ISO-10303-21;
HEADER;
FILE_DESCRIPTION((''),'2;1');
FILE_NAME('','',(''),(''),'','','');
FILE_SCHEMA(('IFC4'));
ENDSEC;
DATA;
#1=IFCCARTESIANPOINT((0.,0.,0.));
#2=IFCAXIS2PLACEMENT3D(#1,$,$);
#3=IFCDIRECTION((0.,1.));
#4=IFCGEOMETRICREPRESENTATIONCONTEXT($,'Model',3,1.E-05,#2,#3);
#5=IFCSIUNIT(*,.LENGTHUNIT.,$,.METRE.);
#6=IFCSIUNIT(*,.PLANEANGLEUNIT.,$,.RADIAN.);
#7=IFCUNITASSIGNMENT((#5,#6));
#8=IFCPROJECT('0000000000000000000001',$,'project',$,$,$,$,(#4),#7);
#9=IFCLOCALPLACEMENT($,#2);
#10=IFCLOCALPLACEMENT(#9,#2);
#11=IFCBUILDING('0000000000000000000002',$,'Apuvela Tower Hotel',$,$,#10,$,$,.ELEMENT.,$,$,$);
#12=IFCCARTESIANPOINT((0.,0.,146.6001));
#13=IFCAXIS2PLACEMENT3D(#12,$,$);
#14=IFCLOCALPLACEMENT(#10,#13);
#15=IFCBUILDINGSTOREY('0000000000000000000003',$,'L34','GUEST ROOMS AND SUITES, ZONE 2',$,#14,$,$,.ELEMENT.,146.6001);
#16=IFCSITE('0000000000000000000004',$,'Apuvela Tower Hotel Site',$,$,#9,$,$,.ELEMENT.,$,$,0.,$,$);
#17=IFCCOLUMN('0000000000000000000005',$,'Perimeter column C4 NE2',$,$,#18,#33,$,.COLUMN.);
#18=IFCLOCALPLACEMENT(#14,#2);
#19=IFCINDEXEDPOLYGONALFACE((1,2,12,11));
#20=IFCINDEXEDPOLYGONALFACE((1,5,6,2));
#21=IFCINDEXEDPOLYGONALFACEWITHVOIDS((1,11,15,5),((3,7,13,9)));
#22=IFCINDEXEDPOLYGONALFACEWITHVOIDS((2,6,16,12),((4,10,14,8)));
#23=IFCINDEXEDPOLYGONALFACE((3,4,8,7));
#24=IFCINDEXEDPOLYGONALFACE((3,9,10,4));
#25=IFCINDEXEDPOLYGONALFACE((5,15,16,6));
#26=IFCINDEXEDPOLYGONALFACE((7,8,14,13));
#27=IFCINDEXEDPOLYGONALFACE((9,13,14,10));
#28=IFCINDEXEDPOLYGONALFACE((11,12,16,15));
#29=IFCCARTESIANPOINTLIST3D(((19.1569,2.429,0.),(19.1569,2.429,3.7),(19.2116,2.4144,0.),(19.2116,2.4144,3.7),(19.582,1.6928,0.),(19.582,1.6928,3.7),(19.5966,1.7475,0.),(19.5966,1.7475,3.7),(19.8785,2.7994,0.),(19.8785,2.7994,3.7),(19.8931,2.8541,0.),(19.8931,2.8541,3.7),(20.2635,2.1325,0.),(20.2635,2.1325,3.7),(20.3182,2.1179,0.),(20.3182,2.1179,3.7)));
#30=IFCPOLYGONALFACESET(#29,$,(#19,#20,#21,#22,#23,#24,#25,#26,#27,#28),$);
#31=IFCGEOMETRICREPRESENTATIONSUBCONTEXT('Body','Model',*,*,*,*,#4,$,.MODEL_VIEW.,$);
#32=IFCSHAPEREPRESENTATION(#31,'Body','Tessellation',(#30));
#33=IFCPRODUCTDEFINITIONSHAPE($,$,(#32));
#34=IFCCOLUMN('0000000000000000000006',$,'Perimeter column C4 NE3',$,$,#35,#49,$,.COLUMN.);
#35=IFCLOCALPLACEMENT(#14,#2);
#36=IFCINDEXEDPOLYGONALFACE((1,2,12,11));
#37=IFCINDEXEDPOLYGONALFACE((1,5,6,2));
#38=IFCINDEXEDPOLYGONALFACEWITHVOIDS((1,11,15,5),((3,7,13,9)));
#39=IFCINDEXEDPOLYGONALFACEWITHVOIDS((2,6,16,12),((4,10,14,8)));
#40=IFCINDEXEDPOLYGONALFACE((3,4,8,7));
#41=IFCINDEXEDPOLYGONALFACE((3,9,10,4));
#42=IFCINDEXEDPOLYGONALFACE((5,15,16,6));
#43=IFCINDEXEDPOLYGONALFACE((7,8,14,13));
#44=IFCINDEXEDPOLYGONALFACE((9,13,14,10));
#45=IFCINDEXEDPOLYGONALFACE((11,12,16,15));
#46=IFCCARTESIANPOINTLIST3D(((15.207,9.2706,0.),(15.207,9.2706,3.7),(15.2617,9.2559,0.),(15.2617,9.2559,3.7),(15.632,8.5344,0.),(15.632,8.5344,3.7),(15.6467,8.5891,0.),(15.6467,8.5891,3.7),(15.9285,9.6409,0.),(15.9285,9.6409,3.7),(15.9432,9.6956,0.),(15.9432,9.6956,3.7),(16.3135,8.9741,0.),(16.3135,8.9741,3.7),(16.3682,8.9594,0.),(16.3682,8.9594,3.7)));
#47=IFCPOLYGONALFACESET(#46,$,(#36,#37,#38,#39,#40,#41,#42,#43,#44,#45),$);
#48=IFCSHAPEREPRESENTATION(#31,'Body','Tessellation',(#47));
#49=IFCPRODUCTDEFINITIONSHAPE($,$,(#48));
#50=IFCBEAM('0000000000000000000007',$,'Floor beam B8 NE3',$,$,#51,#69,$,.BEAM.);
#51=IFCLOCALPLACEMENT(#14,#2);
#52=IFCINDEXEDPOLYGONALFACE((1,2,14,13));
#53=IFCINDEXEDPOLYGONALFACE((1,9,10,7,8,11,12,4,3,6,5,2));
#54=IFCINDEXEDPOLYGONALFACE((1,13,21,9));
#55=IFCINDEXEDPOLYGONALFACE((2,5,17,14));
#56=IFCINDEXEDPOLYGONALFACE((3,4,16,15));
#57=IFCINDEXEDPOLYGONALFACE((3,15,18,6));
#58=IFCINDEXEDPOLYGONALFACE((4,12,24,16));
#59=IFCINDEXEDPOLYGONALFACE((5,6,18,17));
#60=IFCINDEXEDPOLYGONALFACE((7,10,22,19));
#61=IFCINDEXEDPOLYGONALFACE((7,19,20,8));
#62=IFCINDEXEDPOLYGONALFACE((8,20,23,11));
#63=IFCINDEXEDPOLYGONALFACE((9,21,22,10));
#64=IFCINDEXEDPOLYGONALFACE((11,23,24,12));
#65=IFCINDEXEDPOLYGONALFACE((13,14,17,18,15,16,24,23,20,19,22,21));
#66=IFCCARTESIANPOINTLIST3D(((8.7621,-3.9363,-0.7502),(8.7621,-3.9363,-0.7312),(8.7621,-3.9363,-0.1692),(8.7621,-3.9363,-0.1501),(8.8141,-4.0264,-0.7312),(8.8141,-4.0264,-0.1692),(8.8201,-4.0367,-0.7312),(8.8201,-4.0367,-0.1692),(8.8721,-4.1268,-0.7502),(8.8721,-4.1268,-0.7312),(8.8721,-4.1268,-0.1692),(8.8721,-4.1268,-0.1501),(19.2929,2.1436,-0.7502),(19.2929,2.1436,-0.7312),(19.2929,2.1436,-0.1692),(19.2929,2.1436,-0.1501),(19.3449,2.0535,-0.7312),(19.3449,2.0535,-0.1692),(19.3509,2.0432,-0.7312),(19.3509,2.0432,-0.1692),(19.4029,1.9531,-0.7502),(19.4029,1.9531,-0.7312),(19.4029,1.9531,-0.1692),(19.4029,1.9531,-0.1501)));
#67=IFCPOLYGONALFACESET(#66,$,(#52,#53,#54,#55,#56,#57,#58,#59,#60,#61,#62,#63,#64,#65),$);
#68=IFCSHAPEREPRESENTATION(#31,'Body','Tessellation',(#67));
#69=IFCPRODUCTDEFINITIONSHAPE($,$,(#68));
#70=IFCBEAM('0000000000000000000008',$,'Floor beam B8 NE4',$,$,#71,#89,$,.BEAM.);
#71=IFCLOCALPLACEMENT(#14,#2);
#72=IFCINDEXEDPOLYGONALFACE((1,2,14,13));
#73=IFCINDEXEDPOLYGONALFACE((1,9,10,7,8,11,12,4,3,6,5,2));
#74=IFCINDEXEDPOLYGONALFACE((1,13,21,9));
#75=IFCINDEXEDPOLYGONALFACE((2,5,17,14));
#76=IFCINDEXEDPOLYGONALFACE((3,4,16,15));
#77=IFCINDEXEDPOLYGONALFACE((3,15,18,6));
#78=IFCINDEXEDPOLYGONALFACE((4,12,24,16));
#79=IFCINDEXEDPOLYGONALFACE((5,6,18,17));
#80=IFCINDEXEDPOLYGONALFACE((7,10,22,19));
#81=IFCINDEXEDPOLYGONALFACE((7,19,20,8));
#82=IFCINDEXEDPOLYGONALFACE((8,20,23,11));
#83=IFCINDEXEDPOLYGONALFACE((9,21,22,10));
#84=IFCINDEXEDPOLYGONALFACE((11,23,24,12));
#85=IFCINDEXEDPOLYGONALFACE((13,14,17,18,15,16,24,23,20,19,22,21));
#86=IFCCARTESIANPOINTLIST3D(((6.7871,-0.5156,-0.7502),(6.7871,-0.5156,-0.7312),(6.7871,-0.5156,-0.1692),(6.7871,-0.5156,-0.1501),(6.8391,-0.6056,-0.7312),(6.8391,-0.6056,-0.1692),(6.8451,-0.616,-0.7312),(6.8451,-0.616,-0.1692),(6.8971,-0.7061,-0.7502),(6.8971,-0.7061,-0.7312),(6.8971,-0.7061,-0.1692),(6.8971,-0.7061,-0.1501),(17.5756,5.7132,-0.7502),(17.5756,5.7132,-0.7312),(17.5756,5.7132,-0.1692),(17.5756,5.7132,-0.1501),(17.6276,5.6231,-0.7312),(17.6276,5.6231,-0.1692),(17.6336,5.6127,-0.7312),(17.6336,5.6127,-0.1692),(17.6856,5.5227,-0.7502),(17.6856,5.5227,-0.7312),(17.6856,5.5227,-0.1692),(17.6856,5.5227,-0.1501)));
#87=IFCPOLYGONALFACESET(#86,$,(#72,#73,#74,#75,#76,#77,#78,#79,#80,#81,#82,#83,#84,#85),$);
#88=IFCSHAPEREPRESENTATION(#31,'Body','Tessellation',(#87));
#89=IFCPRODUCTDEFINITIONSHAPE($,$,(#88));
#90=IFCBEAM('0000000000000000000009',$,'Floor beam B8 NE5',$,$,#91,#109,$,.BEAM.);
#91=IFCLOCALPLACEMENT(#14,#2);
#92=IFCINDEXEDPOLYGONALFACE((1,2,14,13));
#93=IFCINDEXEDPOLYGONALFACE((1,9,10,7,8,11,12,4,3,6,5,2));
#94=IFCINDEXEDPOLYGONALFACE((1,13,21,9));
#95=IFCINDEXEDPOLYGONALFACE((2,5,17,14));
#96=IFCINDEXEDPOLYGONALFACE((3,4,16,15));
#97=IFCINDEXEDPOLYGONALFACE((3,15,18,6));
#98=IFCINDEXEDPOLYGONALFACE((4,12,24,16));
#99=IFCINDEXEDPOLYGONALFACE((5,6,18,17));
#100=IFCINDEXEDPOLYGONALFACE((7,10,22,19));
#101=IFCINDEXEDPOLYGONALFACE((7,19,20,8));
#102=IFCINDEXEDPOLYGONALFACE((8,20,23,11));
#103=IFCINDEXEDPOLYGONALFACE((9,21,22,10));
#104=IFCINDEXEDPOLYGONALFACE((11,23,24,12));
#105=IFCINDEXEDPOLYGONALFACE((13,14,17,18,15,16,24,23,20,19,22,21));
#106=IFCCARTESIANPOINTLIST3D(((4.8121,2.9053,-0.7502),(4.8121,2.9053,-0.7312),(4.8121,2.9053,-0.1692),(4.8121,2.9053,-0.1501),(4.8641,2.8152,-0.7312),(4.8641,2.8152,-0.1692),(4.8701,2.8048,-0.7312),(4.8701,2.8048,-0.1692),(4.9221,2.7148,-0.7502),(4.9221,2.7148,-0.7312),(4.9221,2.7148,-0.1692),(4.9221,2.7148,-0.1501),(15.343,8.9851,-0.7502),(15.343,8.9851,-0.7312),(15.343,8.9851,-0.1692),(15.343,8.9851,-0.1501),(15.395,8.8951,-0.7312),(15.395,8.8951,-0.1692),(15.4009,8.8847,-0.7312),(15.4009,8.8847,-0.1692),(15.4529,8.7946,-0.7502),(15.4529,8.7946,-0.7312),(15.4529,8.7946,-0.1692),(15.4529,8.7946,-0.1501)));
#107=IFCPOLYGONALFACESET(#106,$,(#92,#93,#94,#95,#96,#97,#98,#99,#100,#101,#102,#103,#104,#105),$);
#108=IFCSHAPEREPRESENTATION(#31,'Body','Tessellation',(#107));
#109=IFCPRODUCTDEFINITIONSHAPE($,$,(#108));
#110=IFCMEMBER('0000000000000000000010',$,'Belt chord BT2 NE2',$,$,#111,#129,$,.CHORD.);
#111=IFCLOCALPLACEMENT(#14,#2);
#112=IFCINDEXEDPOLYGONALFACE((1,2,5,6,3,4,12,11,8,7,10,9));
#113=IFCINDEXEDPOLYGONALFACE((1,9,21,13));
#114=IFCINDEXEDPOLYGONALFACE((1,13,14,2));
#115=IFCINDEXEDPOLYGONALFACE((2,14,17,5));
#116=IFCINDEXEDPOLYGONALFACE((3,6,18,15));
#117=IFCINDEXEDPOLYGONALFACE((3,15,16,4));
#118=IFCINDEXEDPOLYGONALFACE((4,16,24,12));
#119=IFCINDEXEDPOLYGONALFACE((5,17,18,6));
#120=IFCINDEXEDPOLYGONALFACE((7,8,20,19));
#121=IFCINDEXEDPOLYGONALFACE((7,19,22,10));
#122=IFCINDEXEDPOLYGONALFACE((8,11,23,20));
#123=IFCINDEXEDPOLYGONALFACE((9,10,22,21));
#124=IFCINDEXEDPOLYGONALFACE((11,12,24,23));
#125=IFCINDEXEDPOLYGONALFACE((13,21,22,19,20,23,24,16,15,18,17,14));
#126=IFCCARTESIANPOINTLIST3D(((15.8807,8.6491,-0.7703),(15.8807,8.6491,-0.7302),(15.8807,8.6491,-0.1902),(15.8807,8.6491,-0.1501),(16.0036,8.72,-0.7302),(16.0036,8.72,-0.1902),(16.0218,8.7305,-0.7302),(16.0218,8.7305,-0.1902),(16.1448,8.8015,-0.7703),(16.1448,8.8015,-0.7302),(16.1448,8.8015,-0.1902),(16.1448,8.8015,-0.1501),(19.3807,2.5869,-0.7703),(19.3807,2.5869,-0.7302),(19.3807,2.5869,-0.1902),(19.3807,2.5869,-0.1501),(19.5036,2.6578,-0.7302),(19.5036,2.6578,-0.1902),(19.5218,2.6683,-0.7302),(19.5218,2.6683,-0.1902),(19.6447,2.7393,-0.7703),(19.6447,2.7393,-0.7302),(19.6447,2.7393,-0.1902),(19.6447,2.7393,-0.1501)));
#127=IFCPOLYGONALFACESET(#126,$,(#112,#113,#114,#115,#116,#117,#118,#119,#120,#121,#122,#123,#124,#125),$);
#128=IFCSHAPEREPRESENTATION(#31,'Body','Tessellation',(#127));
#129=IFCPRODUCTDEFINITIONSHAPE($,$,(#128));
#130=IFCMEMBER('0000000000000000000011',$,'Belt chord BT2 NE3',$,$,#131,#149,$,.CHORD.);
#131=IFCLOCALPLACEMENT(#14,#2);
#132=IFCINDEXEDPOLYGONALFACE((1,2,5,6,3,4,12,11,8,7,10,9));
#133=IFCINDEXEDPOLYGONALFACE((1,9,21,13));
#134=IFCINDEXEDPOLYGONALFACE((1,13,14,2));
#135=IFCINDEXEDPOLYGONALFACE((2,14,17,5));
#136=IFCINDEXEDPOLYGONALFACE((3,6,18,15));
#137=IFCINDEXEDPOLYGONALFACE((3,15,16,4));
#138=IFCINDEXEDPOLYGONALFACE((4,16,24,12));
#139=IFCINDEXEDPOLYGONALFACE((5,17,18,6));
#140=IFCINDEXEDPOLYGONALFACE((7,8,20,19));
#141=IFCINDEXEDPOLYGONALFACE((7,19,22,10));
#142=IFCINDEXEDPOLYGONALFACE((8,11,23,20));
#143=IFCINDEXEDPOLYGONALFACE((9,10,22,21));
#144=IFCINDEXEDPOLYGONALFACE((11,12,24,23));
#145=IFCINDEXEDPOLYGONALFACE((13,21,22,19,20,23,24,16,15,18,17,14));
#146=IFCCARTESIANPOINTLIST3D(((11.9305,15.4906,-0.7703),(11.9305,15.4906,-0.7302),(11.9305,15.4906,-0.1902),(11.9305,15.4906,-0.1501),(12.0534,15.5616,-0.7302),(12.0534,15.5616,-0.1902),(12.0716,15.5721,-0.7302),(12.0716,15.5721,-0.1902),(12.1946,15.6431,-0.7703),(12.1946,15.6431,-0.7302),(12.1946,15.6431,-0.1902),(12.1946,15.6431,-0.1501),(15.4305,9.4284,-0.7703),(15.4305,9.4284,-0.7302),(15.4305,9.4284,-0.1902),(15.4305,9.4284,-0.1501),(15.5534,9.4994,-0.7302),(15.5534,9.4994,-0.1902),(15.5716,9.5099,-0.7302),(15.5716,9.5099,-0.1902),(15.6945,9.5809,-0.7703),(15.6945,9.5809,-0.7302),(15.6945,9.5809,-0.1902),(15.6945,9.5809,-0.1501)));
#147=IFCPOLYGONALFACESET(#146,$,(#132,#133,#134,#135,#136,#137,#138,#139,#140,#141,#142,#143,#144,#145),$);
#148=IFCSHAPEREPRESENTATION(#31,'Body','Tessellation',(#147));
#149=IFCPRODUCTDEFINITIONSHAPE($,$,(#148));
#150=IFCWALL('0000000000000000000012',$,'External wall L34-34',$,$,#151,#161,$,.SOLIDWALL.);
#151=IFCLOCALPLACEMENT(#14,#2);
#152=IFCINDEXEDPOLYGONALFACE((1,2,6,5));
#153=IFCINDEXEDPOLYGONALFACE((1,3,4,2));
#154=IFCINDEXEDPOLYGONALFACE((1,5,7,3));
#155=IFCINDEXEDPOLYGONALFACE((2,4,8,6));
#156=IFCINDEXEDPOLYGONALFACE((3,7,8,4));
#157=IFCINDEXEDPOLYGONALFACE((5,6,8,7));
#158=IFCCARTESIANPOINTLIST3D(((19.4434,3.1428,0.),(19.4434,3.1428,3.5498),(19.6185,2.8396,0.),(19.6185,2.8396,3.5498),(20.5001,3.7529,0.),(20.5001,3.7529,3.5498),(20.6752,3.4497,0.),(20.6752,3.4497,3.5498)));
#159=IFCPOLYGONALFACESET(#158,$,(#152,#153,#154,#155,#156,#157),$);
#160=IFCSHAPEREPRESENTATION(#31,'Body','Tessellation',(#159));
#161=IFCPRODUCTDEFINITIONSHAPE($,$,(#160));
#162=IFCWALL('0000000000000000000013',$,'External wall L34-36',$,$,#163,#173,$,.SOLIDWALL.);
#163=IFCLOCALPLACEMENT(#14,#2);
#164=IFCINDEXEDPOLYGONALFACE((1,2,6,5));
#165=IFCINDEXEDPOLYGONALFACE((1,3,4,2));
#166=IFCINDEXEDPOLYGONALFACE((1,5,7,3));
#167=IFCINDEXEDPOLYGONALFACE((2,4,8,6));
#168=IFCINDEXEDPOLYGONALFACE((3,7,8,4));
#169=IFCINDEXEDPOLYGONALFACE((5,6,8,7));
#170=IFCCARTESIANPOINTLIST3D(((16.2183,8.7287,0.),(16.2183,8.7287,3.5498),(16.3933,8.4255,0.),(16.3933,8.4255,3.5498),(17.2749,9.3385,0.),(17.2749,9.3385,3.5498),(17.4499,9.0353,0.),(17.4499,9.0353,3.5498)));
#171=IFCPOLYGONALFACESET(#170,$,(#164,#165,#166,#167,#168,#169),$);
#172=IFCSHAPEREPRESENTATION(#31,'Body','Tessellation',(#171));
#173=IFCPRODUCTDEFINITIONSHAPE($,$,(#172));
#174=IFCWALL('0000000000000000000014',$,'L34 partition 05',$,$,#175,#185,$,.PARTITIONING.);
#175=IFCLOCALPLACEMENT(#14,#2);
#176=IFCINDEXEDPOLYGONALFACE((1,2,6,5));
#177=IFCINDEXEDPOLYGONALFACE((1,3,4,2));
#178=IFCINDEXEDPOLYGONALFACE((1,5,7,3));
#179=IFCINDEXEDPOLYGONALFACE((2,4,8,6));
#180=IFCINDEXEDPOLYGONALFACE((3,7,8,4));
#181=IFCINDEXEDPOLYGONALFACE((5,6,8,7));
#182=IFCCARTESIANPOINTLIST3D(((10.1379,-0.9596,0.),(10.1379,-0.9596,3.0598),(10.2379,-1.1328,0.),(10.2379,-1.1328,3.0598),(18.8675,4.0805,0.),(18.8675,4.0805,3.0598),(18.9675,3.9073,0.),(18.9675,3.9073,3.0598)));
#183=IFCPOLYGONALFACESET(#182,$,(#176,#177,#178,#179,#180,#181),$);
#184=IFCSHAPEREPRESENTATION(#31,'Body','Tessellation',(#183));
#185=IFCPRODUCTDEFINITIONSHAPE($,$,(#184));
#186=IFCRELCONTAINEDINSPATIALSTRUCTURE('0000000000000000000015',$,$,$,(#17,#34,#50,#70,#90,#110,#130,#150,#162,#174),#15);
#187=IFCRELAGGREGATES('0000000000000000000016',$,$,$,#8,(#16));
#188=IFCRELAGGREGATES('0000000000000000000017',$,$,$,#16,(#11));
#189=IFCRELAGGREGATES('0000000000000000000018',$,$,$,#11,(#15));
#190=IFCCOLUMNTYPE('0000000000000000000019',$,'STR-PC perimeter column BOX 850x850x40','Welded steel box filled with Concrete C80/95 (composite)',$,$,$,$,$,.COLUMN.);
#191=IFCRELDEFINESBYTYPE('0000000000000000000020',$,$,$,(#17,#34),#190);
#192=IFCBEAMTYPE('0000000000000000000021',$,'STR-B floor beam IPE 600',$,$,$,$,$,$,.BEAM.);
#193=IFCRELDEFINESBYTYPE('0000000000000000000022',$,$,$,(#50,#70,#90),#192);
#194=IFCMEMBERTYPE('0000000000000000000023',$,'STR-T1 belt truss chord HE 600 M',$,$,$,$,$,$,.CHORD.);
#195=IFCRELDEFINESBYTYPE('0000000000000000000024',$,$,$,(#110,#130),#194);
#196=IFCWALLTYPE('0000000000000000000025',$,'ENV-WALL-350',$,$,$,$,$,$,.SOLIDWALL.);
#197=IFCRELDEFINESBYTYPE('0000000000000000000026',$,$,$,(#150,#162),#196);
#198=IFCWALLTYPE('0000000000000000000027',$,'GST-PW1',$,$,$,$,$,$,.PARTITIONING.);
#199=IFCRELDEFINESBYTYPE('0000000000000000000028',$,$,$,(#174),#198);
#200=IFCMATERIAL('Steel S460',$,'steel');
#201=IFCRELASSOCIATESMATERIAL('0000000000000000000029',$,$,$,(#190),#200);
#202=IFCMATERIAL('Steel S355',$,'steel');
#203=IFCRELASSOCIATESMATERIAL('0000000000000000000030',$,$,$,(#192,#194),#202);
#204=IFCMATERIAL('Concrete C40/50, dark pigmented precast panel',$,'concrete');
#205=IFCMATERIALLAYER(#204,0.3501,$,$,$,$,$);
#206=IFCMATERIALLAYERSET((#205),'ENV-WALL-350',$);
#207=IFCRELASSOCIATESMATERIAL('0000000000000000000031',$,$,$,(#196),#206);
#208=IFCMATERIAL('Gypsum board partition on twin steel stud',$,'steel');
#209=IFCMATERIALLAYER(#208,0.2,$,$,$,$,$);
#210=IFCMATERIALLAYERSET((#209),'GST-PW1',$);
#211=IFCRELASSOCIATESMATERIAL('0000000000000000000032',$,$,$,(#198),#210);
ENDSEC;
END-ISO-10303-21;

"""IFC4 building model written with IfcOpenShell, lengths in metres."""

from ifc_helpers import new_model, si_unit, direction, frame, frame_2d, origin, origin_2d, place, context, subcontext, project, spatial, rectangle, hollow_rectangle, i_section, extrude, material, layer, layer_set, material_profile, profile_set, type_object, element, save


model = new_model("IFC4")

# Units and contexts
model_context = context("Model", 3, precision=1e-05, world=origin(), true_north=direction((0.0, 1.0)))
body_context = subcontext(model_context, "Body", "Model", "MODEL_VIEW")
ifc_project = project(units=[si_unit("LENGTHUNIT", "METRE"), si_unit("PLANEANGLEUNIT", "RADIAN")], contexts=[model_context])

# Site, building, storey
site_placement = place(None, origin())
site = spatial("IfcSite", under=ifc_project, at=site_placement, Name="Apuvela Tower Hotel Site", CompositionType="ELEMENT", RefElevation=0.0)
building_placement = place(site_placement, origin())
building = spatial("IfcBuilding", under=site, at=building_placement, Name="Apuvela Tower Hotel", CompositionType="ELEMENT")
storey_placement = place(building_placement, frame((0.0, 0.0, 146.6001)))
storey = spatial("IfcBuildingStorey", under=building, at=storey_placement, Name="L34", Description="GUEST ROOMS AND SUITES, ZONE 2", CompositionType="ELEMENT", Elevation=146.6001)

# Columns
ifc_material_1 = material(Name="Steel S460", Category="steel")
ifc_material_profile_1 = material_profile(ifc_material_1, hollow_rectangle(XDim=0.8501, YDim=0.8501, WallThickness=0.04, at=origin_2d()), Name="BOX 850x850x40")
ifc_material_2 = material(Name="Concrete C80/95", Category="concrete")
ifc_material_profile_2 = material_profile(ifc_material_2, rectangle(XDim=0.77, YDim=0.77, at=origin_2d()), Name="Concrete C80/95 infill")
ifc_profile_set_1 = profile_set([ifc_material_profile_1, ifc_material_profile_2], Name="Steel S460")
column_type = type_object("IfcColumnType", Name="STR-PC perimeter column BOX 850x850x40", Description="Welded steel box filled with Concrete C80/95 (composite)", PredefinedType="COLUMN", material=ifc_profile_set_1)
for number, where, z_axis, x_axis, name in (
    (1, (19.7375, 2.2734, 0.0), (0.0, 0.0, 1.0), (-0.5, 0.866025, 0.0), "Perimeter column C4 NE2"),
    (2, (15.7876, 9.115, 0.0), (0.0, 0.0, 1.0), (-0.5, 0.866025, 0.0), "Perimeter column C4 NE3"),
):
    element("IfcColumn", number, at=place(storey_placement, frame(where, z_axis=z_axis, x_axis=x_axis)), inside=storey, type_object=column_type, Name=name, PredefinedType="COLUMN", context=body_context, shape_type="SweptSolid", body=[
        extrude(hollow_rectangle(XDim=0.8501, YDim=0.8501, WallThickness=0.04, at=origin_2d()), origin(), (0.0, 0.0, 1.0), 3.7),
    ])

# Beams
ifc_material_3 = material(Name="Steel S355", Category="steel")
ifc_material_profile_3 = material_profile(ifc_material_3, i_section(OverallWidth=0.22, OverallDepth=0.6001, WebThickness=0.012, FlangeThickness=0.019, at=origin_2d()), Name="IPE 600")
ifc_profile_set_2 = profile_set([ifc_material_profile_3], Name="Steel S355")
beam_type = type_object("IfcBeamType", Name="STR-B floor beam IPE 600", PredefinedType="BEAM", material=ifc_profile_set_2)
beam_1_placement = place(storey_placement, frame((19.3479, 2.0483, -0.4502), z_axis=(-0.866029, -0.499994, 0.0), x_axis=(0.499994, -0.866029, 0.0)))
element("IfcBeam", 3, at=beam_1_placement, inside=storey, type_object=beam_type, Name="Floor beam B8 NE3", PredefinedType="BEAM", context=body_context, shape_type="SweptSolid", body=[
    extrude(i_section(OverallWidth=0.22, OverallDepth=0.6001, WebThickness=0.012, FlangeThickness=0.019, at=origin_2d()), origin(), (0.0, 0.0, 1.0), 12.1599),
])
beam_2_placement = place(storey_placement, frame((17.6306, 5.6179, -0.4502), z_axis=(-0.866026, -0.499998, 0.0), x_axis=(0.499998, -0.866026, 0.0)))
element("IfcBeam", 4, at=beam_2_placement, inside=storey, type_object=beam_type, Name="Floor beam B8 NE4", PredefinedType="BEAM", context=body_context, shape_type="SweptSolid", body=[
    extrude(i_section(OverallWidth=0.22, OverallDepth=0.6001, WebThickness=0.012, FlangeThickness=0.019, at=origin_2d()), origin(), (0.0, 0.0, 1.0), 12.4575),
])
beam_3_placement = place(storey_placement, frame((15.3979, 8.8899, -0.4502), z_axis=(-0.866029, -0.499994, 0.0), x_axis=(0.499994, -0.866029, 0.0)))
element("IfcBeam", 5, at=beam_3_placement, inside=storey, type_object=beam_type, Name="Floor beam B8 NE5", PredefinedType="BEAM", context=body_context, shape_type="SweptSolid", body=[
    extrude(i_section(OverallWidth=0.22, OverallDepth=0.6001, WebThickness=0.012, FlangeThickness=0.019, at=origin_2d()), origin(), (0.0, 0.0, 1.0), 12.1599),
])

# Members
ifc_material_profile_4 = material_profile(ifc_material_3, i_section(OverallWidth=0.3049, OverallDepth=0.6201, WebThickness=0.021, FlangeThickness=0.04, at=origin_2d()), Name="HE 600 M")
ifc_profile_set_3 = profile_set([ifc_material_profile_4], Name="Steel S355")
member_type = type_object("IfcMemberType", Name="STR-T1 belt truss chord HE 600 M", PredefinedType="CHORD", material=ifc_profile_set_3)
for number, where, z_axis, x_axis, name in (
    (6, (19.5127, 2.6631, -0.4602), (-0.499995, 0.866028, 0.0), (-0.866028, -0.499995, 0.0), "Belt chord BT2 NE2"),
    (7, (15.5625, 9.5046, -0.4602), (-0.499995, 0.866028, 0.0), (-0.866028, -0.499995, 0.0), "Belt chord BT2 NE3"),
):
    element("IfcMember", number, at=place(storey_placement, frame(where, z_axis=z_axis, x_axis=x_axis)), inside=storey, type_object=member_type, Name=name, PredefinedType="CHORD", context=body_context, shape_type="SweptSolid", body=[
        extrude(i_section(OverallWidth=0.3049, OverallDepth=0.6201, WebThickness=0.021, FlangeThickness=0.04, at=origin_2d()), origin(), (0.0, 0.0, 1.0), 7.0),
    ])

# Wall
ifc_material_4 = material(Name="Concrete C40/50, dark pigmented precast panel", Category="concrete")
ifc_layer_1 = layer(ifc_material_4, 0.3501)
ifc_layer_set_1 = layer_set([ifc_layer_1], Name="ENV-WALL-350")
wall_type_1 = type_object("IfcWallType", Name="ENV-WALL-350", PredefinedType="SOLIDWALL", material=ifc_layer_set_1)
wall_1_placement = place(storey_placement, frame((20.5876, 3.6013, 0.0), z_axis=(0.0, 0.0, 1.0), x_axis=(-0.866006, -0.500034, 0.0)))
element("IfcWall", 8, at=wall_1_placement, inside=storey, type_object=wall_type_1, Name="External wall L34-34", PredefinedType="SOLIDWALL", context=body_context, shape_type="SweptSolid", body=[
    extrude(rectangle(XDim=1.2202, YDim=0.3501, at=frame_2d((0.6101, 0.0))), origin(), (0.0, 0.0, 1.0), 3.5498),
])

# Wall
wall_2_placement = place(storey_placement, frame((16.3059, 8.5771, 0.0), z_axis=(0.0, 0.0, 1.0), x_axis=(0.866092, 0.499884, 0.0)))
element("IfcWall", 9, at=wall_2_placement, inside=storey, type_object=wall_type_1, Name="External wall L34-36", PredefinedType="SOLIDWALL", context=body_context, shape_type="SweptSolid", body=[
    extrude(rectangle(XDim=1.22, YDim=0.3501, at=frame_2d((0.6099, 0.0))), origin(), (0.0, 0.0, 1.0), 3.5498),
])

# Wall
ifc_material_5 = material(Name="Gypsum board partition on twin steel stud", Category="steel")
ifc_layer_2 = layer(ifc_material_5, 0.2)
ifc_layer_set_2 = layer_set([ifc_layer_2], Name="GST-PW1")
wall_type_2 = type_object("IfcWallType", Name="GST-PW1", PredefinedType="PARTITIONING", material=ifc_layer_set_2)
wall_3_placement = place(storey_placement, frame((18.9175, 3.9939, 0.0), z_axis=(0.0, 0.0, 1.0), x_axis=(-0.866023, -0.500005, 0.0)))
element("IfcWall", 10, at=wall_3_placement, inside=storey, type_object=wall_type_2, Name="L34 partition 05", PredefinedType="PARTITIONING", context=body_context, shape_type="SweptSolid", body=[
    extrude(rectangle(XDim=10.0801, YDim=0.2, at=frame_2d((5.04, 0.0))), origin(), (0.0, 0.0, 1.0), 3.0598),
])

save(model, "model.ifc")
